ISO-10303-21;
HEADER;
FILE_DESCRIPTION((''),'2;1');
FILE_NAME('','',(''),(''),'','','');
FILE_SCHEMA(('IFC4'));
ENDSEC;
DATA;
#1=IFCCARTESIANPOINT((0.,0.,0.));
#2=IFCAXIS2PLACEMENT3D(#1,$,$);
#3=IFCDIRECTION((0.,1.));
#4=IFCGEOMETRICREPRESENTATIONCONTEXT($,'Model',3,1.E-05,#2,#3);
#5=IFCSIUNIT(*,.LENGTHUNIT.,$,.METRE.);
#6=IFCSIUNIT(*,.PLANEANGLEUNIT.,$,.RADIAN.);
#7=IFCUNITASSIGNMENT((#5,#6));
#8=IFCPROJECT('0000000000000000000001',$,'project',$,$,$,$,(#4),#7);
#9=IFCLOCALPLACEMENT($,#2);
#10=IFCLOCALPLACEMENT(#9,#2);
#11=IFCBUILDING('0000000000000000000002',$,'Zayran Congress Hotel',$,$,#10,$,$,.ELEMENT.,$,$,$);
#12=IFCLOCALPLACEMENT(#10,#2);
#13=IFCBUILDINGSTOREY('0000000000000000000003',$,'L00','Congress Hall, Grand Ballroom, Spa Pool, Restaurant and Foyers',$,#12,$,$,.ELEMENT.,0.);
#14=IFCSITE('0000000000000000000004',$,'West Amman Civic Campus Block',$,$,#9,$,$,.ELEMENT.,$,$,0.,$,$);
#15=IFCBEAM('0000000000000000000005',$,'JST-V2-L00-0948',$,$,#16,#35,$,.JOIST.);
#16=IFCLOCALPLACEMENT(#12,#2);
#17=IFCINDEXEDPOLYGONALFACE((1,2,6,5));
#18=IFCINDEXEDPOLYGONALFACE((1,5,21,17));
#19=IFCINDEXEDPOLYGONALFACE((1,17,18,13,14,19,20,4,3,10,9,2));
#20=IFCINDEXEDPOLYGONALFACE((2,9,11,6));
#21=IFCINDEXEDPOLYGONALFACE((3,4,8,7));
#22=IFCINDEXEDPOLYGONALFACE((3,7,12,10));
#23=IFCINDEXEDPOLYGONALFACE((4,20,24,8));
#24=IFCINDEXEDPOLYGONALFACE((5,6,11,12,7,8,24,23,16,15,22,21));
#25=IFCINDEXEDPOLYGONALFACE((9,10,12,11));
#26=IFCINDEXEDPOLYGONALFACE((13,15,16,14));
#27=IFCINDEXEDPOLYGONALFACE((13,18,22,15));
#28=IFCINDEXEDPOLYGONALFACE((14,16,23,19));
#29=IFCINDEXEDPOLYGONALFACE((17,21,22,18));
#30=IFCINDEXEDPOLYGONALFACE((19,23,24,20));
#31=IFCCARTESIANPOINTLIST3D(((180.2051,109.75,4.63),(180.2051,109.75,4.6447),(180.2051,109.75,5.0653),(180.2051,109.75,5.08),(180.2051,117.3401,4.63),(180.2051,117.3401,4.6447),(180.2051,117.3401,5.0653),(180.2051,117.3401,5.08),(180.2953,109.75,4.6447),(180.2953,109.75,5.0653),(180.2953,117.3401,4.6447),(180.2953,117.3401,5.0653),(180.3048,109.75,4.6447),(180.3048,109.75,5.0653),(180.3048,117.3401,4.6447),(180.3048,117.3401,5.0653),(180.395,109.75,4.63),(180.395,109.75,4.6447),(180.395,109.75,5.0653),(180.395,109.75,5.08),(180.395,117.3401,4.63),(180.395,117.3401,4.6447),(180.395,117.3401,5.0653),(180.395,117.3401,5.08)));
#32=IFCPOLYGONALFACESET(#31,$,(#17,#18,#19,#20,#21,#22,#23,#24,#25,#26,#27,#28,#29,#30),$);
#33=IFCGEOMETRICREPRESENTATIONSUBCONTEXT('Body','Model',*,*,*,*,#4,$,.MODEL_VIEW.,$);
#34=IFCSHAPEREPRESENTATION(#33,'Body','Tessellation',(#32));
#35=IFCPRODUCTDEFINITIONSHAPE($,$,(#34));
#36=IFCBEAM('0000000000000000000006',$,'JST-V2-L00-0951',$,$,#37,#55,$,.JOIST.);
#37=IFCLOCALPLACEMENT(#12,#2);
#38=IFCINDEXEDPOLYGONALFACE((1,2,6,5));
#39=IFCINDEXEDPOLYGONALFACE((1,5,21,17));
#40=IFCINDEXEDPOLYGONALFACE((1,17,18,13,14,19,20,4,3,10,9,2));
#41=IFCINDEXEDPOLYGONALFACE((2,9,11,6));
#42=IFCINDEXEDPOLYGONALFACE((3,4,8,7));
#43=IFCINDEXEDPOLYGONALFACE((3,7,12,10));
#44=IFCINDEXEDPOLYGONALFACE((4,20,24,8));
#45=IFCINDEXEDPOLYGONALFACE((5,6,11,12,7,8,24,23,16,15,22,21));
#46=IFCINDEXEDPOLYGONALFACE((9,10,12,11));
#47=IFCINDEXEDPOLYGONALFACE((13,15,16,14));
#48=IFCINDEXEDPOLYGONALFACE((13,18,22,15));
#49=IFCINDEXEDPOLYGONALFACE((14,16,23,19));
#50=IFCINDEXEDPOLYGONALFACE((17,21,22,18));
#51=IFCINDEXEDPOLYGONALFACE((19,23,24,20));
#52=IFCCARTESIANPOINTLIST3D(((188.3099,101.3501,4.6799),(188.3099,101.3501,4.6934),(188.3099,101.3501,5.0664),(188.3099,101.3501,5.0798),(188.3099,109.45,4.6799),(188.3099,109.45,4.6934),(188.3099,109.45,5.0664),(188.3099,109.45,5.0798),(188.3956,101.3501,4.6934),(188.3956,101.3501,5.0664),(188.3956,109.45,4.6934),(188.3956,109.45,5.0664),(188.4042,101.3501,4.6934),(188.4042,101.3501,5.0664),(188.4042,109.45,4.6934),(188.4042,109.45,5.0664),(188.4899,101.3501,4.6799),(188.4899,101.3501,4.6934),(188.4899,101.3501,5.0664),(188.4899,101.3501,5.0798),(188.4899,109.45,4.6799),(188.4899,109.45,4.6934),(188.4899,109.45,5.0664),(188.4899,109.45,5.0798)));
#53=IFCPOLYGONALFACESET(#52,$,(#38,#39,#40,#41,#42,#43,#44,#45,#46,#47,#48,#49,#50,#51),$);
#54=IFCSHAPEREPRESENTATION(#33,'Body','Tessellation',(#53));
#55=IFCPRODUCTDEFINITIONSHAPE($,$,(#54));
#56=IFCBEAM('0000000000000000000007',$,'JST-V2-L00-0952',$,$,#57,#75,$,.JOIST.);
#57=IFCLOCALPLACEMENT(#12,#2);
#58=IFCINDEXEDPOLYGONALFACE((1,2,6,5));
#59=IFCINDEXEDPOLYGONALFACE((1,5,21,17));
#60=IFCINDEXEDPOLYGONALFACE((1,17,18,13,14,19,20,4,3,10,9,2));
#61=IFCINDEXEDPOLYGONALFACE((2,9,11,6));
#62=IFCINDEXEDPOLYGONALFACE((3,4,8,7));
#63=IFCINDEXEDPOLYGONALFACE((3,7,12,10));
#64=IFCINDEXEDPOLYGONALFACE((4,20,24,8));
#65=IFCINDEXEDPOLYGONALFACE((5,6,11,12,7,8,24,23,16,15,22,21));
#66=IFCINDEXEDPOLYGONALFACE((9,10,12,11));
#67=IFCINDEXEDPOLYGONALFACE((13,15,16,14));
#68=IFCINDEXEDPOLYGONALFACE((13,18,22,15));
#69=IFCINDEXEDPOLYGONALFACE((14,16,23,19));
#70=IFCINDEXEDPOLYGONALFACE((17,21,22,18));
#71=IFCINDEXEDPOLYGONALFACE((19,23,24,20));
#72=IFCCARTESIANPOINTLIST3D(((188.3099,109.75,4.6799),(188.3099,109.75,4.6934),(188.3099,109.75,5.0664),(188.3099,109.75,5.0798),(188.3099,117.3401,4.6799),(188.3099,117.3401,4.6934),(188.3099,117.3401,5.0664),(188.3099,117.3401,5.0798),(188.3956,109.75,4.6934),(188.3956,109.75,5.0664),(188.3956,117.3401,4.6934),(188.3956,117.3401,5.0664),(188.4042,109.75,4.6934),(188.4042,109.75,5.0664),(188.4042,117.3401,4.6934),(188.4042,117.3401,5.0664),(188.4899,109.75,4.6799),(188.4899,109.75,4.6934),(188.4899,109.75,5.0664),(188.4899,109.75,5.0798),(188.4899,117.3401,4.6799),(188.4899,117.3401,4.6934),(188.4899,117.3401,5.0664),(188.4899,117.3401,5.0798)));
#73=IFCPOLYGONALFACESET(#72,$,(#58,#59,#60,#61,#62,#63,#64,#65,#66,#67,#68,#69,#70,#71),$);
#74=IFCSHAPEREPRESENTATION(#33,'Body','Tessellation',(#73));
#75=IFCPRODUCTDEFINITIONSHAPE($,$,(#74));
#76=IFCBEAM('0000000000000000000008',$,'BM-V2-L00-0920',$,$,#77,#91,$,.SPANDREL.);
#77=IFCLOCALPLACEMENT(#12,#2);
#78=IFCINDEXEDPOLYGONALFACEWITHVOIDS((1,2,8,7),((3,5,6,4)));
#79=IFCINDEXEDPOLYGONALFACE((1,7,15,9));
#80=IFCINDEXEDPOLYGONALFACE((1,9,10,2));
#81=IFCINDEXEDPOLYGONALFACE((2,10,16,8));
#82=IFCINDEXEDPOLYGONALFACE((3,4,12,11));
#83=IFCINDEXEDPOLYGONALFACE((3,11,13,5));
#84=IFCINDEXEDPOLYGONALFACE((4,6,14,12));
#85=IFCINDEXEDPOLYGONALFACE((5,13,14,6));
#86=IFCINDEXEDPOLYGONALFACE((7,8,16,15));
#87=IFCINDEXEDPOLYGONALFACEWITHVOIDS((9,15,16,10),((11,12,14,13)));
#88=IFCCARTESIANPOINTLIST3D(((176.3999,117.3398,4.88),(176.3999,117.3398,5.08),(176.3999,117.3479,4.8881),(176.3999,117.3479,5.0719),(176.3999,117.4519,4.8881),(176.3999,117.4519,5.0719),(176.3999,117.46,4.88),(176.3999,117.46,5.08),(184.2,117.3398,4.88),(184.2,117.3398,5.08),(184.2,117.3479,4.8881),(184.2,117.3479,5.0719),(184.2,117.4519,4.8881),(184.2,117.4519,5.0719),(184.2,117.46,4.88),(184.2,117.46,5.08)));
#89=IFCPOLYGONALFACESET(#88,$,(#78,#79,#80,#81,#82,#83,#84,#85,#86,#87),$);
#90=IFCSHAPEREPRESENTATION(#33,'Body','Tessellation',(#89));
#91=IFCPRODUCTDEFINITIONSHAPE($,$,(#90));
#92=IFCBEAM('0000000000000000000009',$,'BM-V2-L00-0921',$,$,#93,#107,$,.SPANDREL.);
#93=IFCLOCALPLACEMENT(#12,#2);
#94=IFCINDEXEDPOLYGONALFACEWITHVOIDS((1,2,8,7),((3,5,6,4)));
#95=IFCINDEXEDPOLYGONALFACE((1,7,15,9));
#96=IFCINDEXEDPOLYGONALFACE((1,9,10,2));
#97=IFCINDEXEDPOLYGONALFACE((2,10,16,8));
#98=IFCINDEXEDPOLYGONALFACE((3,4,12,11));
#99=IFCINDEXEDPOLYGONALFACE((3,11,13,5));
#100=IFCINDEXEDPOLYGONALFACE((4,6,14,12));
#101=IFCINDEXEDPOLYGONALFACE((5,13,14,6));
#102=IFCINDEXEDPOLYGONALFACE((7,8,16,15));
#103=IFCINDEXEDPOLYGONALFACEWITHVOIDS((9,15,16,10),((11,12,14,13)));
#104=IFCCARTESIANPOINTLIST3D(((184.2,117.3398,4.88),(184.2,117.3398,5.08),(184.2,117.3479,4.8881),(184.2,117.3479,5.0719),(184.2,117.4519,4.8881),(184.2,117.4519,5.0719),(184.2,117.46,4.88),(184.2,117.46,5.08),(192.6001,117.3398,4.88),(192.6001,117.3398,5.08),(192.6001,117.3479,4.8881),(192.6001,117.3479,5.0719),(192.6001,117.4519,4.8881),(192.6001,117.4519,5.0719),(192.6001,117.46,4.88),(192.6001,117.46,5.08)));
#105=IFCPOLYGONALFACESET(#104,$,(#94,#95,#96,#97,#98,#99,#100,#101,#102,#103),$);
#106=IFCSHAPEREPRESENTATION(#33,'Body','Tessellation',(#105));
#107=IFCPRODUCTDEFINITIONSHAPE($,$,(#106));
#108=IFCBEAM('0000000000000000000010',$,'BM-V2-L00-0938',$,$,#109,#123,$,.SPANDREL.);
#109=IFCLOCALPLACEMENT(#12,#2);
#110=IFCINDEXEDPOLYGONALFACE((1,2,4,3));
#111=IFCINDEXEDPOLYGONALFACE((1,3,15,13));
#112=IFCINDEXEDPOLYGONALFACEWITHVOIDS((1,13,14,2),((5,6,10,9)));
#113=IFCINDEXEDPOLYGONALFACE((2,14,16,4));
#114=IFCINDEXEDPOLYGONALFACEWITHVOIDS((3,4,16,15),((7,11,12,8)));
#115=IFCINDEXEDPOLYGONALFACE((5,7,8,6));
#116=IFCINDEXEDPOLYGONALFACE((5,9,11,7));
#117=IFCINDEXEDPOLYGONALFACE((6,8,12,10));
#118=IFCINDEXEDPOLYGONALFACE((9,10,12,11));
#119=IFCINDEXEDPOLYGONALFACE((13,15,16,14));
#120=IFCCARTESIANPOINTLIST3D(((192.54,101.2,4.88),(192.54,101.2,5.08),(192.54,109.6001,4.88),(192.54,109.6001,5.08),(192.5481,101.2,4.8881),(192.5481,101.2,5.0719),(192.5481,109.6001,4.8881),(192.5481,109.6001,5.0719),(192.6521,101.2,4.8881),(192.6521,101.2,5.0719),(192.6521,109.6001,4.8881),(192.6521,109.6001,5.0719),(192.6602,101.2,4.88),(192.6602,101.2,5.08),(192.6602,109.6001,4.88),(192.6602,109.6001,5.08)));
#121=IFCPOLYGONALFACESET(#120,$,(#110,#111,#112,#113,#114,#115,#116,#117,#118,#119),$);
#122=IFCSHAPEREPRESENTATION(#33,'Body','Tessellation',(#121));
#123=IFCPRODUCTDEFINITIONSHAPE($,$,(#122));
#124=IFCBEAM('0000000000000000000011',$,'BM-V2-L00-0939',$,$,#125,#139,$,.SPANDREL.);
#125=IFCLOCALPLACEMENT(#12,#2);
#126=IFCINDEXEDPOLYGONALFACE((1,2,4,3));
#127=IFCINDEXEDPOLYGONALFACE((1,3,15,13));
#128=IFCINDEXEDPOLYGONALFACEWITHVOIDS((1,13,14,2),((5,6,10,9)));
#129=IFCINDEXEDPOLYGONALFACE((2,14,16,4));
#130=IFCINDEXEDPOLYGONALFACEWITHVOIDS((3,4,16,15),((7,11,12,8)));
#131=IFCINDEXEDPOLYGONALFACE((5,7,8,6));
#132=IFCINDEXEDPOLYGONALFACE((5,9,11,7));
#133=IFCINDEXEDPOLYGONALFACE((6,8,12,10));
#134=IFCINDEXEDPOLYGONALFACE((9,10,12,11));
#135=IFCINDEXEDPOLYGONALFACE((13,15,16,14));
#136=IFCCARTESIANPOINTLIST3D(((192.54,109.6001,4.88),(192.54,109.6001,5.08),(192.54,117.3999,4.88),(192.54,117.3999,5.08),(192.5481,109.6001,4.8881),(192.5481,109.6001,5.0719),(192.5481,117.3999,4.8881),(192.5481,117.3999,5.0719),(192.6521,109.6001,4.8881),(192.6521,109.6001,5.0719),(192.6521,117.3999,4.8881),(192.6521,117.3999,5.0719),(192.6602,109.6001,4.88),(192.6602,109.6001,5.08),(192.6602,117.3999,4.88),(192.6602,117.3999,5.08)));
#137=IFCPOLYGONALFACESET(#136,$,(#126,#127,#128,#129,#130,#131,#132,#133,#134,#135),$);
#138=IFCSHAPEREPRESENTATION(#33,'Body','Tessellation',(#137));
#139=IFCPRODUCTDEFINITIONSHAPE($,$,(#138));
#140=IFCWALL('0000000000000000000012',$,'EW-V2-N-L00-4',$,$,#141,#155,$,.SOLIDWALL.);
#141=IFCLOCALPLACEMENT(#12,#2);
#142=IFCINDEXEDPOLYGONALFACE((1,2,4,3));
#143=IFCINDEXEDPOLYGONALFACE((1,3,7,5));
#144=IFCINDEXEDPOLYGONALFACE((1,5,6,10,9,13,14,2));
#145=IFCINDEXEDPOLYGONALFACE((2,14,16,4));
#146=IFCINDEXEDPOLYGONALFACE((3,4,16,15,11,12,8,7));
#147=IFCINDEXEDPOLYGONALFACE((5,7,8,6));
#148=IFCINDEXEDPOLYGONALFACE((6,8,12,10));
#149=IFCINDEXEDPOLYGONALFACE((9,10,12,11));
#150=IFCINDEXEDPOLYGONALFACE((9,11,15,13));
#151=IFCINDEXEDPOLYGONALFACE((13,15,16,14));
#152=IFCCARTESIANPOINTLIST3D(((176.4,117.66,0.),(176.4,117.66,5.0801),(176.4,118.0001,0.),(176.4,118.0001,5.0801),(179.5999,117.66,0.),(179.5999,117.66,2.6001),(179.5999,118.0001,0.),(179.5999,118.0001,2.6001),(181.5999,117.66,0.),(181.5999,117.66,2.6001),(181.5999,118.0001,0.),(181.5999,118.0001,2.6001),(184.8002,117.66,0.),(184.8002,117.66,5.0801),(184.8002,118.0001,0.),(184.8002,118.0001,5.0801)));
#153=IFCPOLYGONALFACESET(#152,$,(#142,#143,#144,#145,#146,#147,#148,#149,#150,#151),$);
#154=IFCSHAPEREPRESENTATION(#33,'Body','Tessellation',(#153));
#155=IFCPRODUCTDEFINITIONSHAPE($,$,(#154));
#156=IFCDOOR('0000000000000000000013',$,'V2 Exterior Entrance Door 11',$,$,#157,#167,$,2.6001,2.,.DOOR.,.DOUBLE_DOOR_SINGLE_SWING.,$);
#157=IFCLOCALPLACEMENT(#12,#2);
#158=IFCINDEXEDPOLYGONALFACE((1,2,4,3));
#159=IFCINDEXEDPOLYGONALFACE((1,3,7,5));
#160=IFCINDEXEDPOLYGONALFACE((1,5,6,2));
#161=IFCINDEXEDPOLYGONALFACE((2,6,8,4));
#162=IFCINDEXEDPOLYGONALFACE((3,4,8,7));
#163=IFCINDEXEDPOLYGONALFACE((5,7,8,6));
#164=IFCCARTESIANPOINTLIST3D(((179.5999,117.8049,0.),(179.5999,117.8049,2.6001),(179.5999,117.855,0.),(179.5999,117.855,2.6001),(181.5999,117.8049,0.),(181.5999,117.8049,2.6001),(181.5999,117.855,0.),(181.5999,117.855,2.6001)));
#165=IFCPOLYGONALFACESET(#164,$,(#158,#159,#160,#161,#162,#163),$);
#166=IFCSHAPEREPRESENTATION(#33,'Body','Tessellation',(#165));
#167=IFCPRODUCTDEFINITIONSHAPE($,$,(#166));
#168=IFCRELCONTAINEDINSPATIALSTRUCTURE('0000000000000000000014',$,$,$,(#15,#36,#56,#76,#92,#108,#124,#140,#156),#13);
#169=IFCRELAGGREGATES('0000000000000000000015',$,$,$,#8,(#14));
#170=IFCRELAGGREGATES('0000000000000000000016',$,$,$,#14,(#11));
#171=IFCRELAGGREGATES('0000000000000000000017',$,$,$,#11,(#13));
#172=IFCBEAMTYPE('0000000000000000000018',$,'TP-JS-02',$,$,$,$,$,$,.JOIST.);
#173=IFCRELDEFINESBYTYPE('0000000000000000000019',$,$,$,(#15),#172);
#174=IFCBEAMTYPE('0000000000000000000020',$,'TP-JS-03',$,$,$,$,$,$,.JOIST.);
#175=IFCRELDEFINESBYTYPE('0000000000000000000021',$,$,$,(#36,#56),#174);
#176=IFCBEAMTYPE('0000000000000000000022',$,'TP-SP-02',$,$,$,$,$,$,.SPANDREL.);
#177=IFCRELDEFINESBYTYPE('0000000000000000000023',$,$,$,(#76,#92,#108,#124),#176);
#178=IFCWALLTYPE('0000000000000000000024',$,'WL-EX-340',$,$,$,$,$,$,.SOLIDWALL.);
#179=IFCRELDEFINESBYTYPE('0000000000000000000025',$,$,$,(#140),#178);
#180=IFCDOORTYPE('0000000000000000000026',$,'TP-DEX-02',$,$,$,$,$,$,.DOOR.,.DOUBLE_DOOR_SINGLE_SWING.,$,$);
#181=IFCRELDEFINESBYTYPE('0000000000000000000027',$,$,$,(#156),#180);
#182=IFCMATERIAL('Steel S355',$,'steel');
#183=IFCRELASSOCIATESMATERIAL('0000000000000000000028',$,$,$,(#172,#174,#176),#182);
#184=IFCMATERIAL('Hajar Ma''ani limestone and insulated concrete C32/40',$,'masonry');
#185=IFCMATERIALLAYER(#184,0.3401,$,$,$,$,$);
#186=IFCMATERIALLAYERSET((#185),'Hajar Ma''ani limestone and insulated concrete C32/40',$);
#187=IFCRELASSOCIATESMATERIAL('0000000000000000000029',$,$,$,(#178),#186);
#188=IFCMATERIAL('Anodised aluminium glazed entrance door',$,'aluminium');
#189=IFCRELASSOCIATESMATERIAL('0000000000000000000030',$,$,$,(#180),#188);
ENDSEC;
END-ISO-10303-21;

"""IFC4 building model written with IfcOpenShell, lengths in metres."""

from ifc_helpers import new_model, si_unit, direction, frame, frame_2d, origin, origin_2d, place, context, subcontext, project, spatial, rectangle, hollow_rectangle, i_section, extrude, material, layer, layer_set, material_profile, profile_set, type_object, element, fill, save


model = new_model("IFC4")

# Units and contexts
model_context = context("Model", 3, precision=1e-05, world=origin(), true_north=direction((0.0, 1.0)))
body_context = subcontext(model_context, "Body", "Model", "MODEL_VIEW")
ifc_project = project(units=[si_unit("LENGTHUNIT", "METRE"), si_unit("PLANEANGLEUNIT", "RADIAN")], contexts=[model_context])

# Site, building, storey
site_placement = place(None, origin())
site = spatial("IfcSite", under=ifc_project, at=site_placement, Name="West Amman Civic Campus Block", CompositionType="ELEMENT", RefElevation=0.0)
building_placement = place(site_placement, origin())
building = spatial("IfcBuilding", under=site, at=building_placement, Name="Zayran Congress Hotel", CompositionType="ELEMENT")
storey_placement = place(building_placement, origin())
storey = spatial("IfcBuildingStorey", under=building, at=storey_placement, Name="L00", Description="Congress Hall, Grand Ballroom, Spa Pool, Restaurant and Foyers", CompositionType="ELEMENT", Elevation=0.0)

# Beams
ifc_material_1 = material(Name="Steel S355", Category="steel")
ifc_material_profile_1 = material_profile(ifc_material_1, i_section(OverallWidth=0.1899, OverallDepth=0.45, WebThickness=0.0095, FlangeThickness=0.0146, at=origin_2d()), Name="IPE 450")
ifc_profile_set_1 = profile_set([ifc_material_profile_1], Name="Steel S355")
beam_type_1 = type_object("IfcBeamType", Name="TP-JS-02", PredefinedType="JOIST", material=ifc_profile_set_1)
beam_1_placement = place(storey_placement, frame((180.3, 109.75, 4.855), z_axis=(0.0, 1.0, 0.0), x_axis=(-1.0, 0.0, 0.0)))
element("IfcBeam", 1, at=beam_1_placement, inside=storey, type_object=beam_type_1, Name="JST-V2-L00-0948", PredefinedType="JOIST", context=body_context, shape_type="SweptSolid", body=[
    extrude(i_section(OverallWidth=0.1899, OverallDepth=0.45, WebThickness=0.0095, FlangeThickness=0.0146, at=origin_2d()), origin(), (0.0, 0.0, 1.0), 7.5901),
])
ifc_material_profile_2 = material_profile(ifc_material_1, i_section(OverallWidth=0.1799, OverallDepth=0.3999, WebThickness=0.0085, FlangeThickness=0.0134, at=origin_2d()), Name="IPE 400")
ifc_profile_set_2 = profile_set([ifc_material_profile_2], Name="Steel S355")
beam_type_2 = type_object("IfcBeamType", Name="TP-JS-03", PredefinedType="JOIST", material=ifc_profile_set_2)
beam_2_placement = place(storey_placement, frame((188.3999, 101.3501, 4.8799), z_axis=(0.0, 1.0, 0.0), x_axis=(-1.0, 0.0, 0.0)))
element("IfcBeam", 2, at=beam_2_placement, inside=storey, type_object=beam_type_2, Name="JST-V2-L00-0951", PredefinedType="JOIST", context=body_context, shape_type="SweptSolid", body=[
    extrude(i_section(OverallWidth=0.1799, OverallDepth=0.3999, WebThickness=0.0085, FlangeThickness=0.0134, at=origin_2d()), origin(), (0.0, 0.0, 1.0), 8.0999),
])
beam_3_placement = place(storey_placement, frame((188.3999, 109.75, 4.8799), z_axis=(0.0, 1.0, 0.0), x_axis=(-1.0, 0.0, 0.0)))
element("IfcBeam", 3, at=beam_3_placement, inside=storey, type_object=beam_type_2, Name="JST-V2-L00-0952", PredefinedType="JOIST", context=body_context, shape_type="SweptSolid", body=[
    extrude(i_section(OverallWidth=0.1799, OverallDepth=0.3999, WebThickness=0.0085, FlangeThickness=0.0134, at=origin_2d()), origin(), (0.0, 0.0, 1.0), 7.5901),
])
ifc_material_profile_3 = material_profile(ifc_material_1, hollow_rectangle(XDim=0.1201, YDim=0.2, WallThickness=0.0081, at=origin_2d()), Name="RHS 200x120x8")
ifc_profile_set_3 = profile_set([ifc_material_profile_3], Name="Steel S355")
beam_type_3 = type_object("IfcBeamType", Name="TP-SP-02", PredefinedType="SPANDREL", material=ifc_profile_set_3)
beam_4_placement = place(storey_placement, frame((176.3999, 117.3999, 4.98), z_axis=(1.0, 0.0, 0.0), x_axis=(0.0, 1.0, 0.0)))
element("IfcBeam", 4, at=beam_4_placement, inside=storey, type_object=beam_type_3, Name="BM-V2-L00-0920", PredefinedType="SPANDREL", context=body_context, shape_type="SweptSolid", body=[
    extrude(hollow_rectangle(XDim=0.1201, YDim=0.2, WallThickness=0.0081, at=origin_2d()), origin(), (0.0, 0.0, 1.0), 7.8),
])
for number, where, z_axis, x_axis, name in (
    (5, (184.2, 117.3999, 4.98), (1.0, 0.0, 0.0), (0.0, 1.0, 0.0), "BM-V2-L00-0921"),
    (6, (192.6001, 101.2, 4.98), (0.0, 1.0, 0.0), (-1.0, 0.0, 0.0), "BM-V2-L00-0938"),
):
    element("IfcBeam", number, at=place(storey_placement, frame(where, z_axis=z_axis, x_axis=x_axis)), inside=storey, type_object=beam_type_3, Name=name, PredefinedType="SPANDREL", context=body_context, shape_type="SweptSolid", body=[
        extrude(hollow_rectangle(XDim=0.1201, YDim=0.2, WallThickness=0.0081, at=origin_2d()), origin(), (0.0, 0.0, 1.0), 8.4001),
    ])
beam_5_placement = place(storey_placement, frame((192.6001, 109.6001, 4.98), z_axis=(0.0, 1.0, 0.0), x_axis=(-1.0, 0.0, 0.0)))
element("IfcBeam", 7, at=beam_5_placement, inside=storey, type_object=beam_type_3, Name="BM-V2-L00-0939", PredefinedType="SPANDREL", context=body_context, shape_type="SweptSolid", body=[
    extrude(hollow_rectangle(XDim=0.1201, YDim=0.2, WallThickness=0.0081, at=origin_2d()), origin(), (0.0, 0.0, 1.0), 7.7998),
])

# Wall, opening, door
ifc_material_2 = material(Name="Hajar Ma'ani limestone and insulated concrete C32/40", Category="masonry")
ifc_layer_1 = layer(ifc_material_2, 0.3401)
ifc_layer_set_1 = layer_set([ifc_layer_1], Name="Hajar Ma'ani limestone and insulated concrete C32/40")
wall_type_1 = type_object("IfcWallType", Name="WL-EX-340", PredefinedType="SOLIDWALL", material=ifc_layer_set_1)
wall_1_placement = place(storey_placement, frame((176.3999, 117.8301, 0.0), z_axis=(0.0, 0.0, 1.0), x_axis=(1.0, 0.0, 0.0)))
wall_1 = element("IfcWall", 8, at=wall_1_placement, inside=storey, type_object=wall_type_1, Name="EW-V2-N-L00-4", PredefinedType="SOLIDWALL", context=body_context, shape_type="SweptSolid", body=[
    extrude(rectangle(XDim=8.4001, YDim=0.3401, at=frame_2d((4.2002, 0.0))), origin(), (0.0, 0.0, 1.0), 5.0801),
])
opening_1_placement = place(wall_1_placement, frame((3.2, 0.0, 0.0)))
opening_1 = element("IfcOpeningElement", 9, at=opening_1_placement, cuts=wall_1, PredefinedType="OPENING", context=body_context, shape_type="SweptSolid", body=[
    extrude(rectangle(XDim=2.0, YDim=2.6001, at=frame_2d((1.0, 1.3))), frame((0.0, 0.1799, 0.0), z_axis=(0.0, -1.0, 0.0), x_axis=(1.0, 0.0, 0.0)), (0.0, 0.0, 1.0), 0.3601),
])
ifc_material_3 = material(Name="Anodised aluminium glazed entrance door", Category="aluminium")
door_type_1 = type_object("IfcDoorType", Name="TP-DEX-02", OperationType="DOUBLE_DOOR_SINGLE_SWING", PredefinedType="DOOR", material=ifc_material_3)
door_1_placement = place(opening_1_placement, origin())
door_1 = element("IfcDoor", 10, at=door_1_placement, inside=storey, type_object=door_type_1, Name="V2 Exterior Entrance Door 11", OperationType="DOUBLE_DOOR_SINGLE_SWING", OverallHeight=2.6001, OverallWidth=2.0, PredefinedType="DOOR", context=body_context, shape_type="SweptSolid", body=[
    extrude(rectangle(XDim=2.0, YDim=2.6001, at=frame_2d((1.0, 1.3))), frame((0.0, 0.0249, 0.0), z_axis=(0.0, -1.0, 0.0), x_axis=(1.0, 0.0, 0.0)), (0.0, 0.0, 1.0), 0.05),
])
fill(opening_1, door_1)

save(model, "model.ifc")
